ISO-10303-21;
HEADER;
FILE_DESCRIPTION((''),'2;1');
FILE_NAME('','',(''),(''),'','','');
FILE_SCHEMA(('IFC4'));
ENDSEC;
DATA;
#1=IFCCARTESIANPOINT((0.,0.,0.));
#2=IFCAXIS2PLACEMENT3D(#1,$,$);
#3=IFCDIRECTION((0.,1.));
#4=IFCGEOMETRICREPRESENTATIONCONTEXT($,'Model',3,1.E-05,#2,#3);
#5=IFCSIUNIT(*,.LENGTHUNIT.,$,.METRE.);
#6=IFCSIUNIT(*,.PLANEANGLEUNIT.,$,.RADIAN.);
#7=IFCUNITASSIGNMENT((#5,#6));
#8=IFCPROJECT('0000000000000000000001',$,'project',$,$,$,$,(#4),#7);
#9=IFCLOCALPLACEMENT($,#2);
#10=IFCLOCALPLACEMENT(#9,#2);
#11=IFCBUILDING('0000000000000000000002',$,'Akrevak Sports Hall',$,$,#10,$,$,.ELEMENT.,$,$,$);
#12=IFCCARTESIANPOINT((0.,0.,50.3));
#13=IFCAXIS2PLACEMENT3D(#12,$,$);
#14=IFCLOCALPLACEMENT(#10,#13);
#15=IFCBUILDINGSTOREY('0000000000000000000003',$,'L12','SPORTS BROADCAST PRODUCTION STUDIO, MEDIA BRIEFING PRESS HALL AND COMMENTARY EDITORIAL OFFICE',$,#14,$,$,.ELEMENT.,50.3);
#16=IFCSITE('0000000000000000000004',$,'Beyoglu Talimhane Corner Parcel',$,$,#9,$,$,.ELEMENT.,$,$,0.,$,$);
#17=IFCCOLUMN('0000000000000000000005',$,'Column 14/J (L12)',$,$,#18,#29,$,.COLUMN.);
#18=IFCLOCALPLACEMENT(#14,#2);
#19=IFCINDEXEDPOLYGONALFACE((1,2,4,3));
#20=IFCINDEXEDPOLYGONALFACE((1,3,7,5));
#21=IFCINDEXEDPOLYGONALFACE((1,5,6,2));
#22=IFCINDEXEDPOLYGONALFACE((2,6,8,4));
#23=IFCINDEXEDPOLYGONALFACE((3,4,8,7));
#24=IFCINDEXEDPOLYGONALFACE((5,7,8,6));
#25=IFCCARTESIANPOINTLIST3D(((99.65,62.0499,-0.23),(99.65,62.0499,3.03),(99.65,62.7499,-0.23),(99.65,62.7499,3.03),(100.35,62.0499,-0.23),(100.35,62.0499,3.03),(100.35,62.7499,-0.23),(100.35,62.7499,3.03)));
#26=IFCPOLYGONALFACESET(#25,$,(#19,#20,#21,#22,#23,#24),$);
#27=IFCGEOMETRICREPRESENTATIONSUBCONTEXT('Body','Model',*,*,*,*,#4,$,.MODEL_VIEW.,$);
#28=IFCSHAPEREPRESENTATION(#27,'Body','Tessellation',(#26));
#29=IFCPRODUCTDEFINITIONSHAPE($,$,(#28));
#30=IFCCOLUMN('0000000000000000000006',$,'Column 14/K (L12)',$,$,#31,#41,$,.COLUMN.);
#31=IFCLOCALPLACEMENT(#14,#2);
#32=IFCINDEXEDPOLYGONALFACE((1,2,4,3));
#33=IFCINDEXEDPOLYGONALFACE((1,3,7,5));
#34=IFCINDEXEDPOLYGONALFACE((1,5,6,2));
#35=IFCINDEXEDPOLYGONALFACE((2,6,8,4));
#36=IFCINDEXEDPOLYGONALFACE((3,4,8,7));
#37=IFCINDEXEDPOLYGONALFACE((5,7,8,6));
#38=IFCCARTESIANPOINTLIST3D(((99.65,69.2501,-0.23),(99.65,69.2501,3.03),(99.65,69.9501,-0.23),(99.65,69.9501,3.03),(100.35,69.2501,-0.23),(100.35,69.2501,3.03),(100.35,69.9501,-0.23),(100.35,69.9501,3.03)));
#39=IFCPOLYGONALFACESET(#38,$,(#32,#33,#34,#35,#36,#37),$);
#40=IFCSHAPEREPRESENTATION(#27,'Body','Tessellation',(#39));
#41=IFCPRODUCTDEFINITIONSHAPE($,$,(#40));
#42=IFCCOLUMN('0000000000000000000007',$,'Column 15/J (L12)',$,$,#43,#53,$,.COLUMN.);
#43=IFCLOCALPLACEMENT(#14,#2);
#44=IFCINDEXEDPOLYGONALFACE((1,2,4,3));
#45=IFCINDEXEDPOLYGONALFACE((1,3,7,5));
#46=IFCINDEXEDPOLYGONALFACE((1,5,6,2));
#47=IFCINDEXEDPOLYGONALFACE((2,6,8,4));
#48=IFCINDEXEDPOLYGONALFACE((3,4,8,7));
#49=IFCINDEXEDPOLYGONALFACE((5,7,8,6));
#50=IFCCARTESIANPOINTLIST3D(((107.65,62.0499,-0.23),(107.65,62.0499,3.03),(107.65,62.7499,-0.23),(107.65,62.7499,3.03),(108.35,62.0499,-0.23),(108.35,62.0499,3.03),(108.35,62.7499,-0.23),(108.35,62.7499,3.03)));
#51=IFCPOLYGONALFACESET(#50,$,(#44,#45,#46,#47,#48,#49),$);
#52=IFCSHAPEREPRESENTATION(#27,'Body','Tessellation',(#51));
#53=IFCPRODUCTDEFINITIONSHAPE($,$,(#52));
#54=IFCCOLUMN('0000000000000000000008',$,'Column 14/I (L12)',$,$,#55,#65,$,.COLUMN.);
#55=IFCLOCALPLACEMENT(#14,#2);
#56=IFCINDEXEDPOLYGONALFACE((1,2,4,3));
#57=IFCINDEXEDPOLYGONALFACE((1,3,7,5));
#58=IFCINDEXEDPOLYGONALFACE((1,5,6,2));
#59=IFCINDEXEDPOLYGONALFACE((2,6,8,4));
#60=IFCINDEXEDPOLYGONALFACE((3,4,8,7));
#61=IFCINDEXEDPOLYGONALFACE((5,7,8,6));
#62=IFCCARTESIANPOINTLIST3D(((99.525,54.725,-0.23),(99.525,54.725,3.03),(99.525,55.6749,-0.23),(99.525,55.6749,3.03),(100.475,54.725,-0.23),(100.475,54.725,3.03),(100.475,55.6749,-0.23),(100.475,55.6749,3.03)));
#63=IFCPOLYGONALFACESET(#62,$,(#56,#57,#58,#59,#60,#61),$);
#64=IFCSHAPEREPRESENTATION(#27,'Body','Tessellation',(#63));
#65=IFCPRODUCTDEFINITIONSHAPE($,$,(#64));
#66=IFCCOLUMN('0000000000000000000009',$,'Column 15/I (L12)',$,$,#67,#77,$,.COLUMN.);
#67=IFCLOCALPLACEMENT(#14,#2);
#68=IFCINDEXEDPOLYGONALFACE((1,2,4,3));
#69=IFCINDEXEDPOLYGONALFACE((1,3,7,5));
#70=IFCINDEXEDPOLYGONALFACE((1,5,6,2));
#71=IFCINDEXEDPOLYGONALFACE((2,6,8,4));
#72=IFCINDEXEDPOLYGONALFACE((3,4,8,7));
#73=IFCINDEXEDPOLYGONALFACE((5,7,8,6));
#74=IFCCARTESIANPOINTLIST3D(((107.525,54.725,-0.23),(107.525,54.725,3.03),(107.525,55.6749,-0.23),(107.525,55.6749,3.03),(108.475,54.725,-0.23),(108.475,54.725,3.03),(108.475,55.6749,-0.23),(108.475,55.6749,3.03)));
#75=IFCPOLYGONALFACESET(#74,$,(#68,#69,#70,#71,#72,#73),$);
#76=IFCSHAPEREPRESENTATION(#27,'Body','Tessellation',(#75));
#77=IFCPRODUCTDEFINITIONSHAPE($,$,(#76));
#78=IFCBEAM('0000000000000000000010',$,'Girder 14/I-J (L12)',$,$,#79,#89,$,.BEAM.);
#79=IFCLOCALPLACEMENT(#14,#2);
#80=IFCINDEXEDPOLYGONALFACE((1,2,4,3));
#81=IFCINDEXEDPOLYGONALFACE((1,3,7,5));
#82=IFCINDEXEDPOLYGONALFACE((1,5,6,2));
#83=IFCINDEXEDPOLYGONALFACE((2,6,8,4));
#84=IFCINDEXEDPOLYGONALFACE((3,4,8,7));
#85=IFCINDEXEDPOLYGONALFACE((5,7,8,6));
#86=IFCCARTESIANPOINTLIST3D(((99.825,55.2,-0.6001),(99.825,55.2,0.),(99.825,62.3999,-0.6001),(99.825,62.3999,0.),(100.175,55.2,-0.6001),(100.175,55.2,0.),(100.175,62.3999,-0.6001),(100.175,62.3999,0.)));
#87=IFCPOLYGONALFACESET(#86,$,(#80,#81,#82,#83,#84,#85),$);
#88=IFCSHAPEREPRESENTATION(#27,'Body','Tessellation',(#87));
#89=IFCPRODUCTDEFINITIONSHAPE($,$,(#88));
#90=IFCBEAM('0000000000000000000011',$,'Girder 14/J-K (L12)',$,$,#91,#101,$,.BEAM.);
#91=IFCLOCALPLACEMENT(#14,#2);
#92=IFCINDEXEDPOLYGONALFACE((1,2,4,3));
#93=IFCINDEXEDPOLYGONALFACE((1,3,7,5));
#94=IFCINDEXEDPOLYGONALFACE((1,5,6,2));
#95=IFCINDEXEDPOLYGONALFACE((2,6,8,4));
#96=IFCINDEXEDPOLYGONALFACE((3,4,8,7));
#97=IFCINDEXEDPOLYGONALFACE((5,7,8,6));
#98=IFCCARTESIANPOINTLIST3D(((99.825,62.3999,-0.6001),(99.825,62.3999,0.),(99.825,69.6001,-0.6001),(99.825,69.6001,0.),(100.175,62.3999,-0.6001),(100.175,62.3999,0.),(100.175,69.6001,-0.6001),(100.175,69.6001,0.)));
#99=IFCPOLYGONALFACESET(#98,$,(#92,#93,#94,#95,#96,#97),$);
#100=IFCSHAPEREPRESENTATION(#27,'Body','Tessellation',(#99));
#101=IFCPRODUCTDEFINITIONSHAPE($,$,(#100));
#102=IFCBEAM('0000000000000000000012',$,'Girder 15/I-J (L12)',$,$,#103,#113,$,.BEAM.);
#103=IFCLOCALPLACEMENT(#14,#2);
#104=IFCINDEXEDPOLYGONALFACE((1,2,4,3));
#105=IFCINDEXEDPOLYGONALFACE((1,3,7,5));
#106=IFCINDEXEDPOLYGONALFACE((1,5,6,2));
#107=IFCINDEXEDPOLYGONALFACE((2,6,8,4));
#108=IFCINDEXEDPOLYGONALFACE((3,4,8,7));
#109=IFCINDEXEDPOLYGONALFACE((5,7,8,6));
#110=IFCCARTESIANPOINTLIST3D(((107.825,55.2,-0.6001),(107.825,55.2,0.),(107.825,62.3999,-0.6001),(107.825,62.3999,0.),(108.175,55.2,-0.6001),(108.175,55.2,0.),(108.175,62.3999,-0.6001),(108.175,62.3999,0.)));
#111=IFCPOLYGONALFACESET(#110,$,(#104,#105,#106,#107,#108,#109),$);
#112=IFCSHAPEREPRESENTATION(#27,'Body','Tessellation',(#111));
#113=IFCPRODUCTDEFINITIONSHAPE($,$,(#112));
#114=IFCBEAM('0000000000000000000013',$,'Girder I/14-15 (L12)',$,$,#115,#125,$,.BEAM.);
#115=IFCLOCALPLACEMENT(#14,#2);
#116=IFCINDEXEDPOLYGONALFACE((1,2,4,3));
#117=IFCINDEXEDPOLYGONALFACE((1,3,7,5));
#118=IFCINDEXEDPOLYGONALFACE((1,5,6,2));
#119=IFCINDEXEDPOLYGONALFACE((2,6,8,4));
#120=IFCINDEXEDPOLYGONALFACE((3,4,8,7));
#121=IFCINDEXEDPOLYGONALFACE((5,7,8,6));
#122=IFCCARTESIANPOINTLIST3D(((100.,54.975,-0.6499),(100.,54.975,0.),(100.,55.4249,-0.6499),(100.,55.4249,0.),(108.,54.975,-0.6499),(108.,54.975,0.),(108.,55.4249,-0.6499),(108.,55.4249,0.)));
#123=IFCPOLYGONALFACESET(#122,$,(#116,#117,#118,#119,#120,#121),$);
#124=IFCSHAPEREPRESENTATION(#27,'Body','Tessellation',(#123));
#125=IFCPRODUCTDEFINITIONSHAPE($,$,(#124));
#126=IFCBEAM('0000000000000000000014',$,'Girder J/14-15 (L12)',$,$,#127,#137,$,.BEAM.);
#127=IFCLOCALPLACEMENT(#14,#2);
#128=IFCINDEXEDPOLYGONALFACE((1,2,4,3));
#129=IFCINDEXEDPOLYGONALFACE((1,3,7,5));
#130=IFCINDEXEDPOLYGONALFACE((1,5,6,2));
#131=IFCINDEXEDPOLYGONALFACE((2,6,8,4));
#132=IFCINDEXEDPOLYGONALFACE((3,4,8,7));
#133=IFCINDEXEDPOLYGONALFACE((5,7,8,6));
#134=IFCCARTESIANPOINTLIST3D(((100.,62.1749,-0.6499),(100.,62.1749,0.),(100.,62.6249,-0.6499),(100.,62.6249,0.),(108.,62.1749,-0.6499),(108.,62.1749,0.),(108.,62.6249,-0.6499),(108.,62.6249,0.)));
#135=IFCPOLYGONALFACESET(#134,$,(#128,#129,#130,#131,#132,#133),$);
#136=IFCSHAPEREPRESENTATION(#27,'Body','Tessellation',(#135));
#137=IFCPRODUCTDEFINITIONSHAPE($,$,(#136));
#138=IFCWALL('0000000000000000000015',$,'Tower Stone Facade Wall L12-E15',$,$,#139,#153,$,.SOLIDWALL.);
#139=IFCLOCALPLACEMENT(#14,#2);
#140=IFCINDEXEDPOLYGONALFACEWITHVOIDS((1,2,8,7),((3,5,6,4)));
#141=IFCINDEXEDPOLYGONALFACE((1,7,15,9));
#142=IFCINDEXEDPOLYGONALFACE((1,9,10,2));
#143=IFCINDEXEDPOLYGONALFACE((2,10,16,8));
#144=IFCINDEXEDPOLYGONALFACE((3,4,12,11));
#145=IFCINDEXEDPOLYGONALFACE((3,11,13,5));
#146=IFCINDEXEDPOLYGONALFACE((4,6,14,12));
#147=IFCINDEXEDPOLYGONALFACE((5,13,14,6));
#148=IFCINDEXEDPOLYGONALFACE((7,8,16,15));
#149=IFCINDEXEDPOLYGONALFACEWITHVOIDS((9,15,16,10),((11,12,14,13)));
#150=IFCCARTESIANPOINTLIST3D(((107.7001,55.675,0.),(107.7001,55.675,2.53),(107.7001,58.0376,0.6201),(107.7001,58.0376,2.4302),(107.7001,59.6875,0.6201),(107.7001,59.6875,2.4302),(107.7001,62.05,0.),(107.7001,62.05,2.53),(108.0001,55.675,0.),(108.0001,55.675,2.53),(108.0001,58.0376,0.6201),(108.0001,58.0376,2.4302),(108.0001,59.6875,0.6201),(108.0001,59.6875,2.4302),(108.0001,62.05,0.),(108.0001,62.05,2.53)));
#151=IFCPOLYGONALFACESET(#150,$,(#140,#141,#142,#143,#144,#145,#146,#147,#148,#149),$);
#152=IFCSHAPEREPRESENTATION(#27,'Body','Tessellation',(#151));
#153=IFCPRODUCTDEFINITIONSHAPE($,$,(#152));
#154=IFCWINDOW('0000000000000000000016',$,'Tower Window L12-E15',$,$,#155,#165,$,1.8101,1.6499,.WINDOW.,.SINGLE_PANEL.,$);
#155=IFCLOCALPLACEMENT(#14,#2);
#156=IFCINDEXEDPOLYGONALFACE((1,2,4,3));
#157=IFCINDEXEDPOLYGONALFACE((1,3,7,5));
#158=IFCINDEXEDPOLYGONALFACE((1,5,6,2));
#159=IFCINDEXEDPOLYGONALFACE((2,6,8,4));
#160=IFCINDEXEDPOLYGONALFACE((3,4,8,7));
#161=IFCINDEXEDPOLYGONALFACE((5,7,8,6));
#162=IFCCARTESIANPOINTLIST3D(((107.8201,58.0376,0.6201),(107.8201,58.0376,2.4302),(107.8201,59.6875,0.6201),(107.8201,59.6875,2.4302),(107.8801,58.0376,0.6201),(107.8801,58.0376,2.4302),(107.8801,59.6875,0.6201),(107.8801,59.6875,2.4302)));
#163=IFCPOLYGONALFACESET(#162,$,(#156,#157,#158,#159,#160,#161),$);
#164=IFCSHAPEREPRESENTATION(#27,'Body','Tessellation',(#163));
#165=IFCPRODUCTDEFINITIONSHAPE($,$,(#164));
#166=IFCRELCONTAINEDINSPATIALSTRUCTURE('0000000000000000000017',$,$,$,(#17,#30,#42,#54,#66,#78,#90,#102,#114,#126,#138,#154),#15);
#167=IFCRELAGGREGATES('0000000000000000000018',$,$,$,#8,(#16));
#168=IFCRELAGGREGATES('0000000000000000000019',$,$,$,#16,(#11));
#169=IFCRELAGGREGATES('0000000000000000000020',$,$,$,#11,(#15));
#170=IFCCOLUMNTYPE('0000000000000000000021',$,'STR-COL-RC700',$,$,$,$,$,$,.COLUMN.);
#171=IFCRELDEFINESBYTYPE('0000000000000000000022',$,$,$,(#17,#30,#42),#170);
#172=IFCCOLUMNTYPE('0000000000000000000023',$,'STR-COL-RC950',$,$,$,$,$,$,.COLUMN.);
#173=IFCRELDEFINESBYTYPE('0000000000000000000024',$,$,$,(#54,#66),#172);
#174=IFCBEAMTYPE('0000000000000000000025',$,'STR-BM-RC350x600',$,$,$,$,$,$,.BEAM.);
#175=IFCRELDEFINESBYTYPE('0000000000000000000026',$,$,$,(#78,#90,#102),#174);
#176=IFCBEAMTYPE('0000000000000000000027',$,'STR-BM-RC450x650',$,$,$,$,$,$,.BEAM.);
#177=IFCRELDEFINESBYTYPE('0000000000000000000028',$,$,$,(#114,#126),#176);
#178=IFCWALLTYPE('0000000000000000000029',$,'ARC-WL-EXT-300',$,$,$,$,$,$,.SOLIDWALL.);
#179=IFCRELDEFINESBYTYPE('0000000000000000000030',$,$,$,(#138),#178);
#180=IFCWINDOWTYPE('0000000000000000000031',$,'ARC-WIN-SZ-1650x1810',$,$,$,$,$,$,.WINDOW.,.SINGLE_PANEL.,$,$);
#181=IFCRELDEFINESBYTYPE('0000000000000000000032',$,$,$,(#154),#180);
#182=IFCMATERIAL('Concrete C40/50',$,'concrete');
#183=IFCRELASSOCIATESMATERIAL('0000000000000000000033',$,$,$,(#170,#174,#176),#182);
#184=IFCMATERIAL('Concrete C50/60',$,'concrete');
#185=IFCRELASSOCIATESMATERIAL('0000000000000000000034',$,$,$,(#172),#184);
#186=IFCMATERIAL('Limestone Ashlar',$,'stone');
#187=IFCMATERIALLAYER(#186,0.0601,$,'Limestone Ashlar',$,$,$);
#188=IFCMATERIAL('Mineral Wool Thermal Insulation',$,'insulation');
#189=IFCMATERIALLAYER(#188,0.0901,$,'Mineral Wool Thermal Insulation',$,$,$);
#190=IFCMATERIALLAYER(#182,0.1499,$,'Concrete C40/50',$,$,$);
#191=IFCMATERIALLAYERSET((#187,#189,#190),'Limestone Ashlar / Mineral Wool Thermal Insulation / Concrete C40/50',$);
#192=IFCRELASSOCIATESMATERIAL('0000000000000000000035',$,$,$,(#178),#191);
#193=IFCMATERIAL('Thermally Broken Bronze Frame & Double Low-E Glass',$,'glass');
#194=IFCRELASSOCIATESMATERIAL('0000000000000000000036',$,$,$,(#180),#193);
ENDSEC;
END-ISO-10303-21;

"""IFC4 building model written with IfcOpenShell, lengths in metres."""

from ifc_helpers import new_model, si_unit, direction, frame, frame_2d, origin, origin_2d, place, context, subcontext, project, spatial, rectangle, extrude, material, layer, layer_set, material_profile, profile_set, type_object, element, fill, save


model = new_model("IFC4")

# Units and contexts
model_context = context("Model", 3, precision=1e-05, world=origin(), true_north=direction((0.0, 1.0)))
body_context = subcontext(model_context, "Body", "Model", "MODEL_VIEW")
ifc_project = project(units=[si_unit("LENGTHUNIT", "METRE"), si_unit("PLANEANGLEUNIT", "RADIAN")], contexts=[model_context])

# Site, building, storey
site_placement = place(None, origin())
site = spatial("IfcSite", under=ifc_project, at=site_placement, Name="Beyoglu Talimhane Corner Parcel", CompositionType="ELEMENT", RefElevation=0.0)
building_placement = place(site_placement, origin())
building = spatial("IfcBuilding", under=site, at=building_placement, Name="Akrevak Sports Hall", CompositionType="ELEMENT")
storey_placement = place(building_placement, frame((0.0, 0.0, 50.3)))
storey = spatial("IfcBuildingStorey", under=building, at=storey_placement, Name="L12", Description="SPORTS BROADCAST PRODUCTION STUDIO, MEDIA BRIEFING PRESS HALL AND COMMENTARY EDITORIAL OFFICE", CompositionType="ELEMENT", Elevation=50.3)

# Columns
ifc_material_1 = material(Name="Concrete C40/50", Category="concrete")
ifc_material_profile_1 = material_profile(ifc_material_1, rectangle(XDim=0.7, YDim=0.7, at=origin_2d()), Name="RC 700x700", Category="concrete")
ifc_profile_set_1 = profile_set([ifc_material_profile_1], Name="Concrete C40/50")
column_type_1 = type_object("IfcColumnType", Name="STR-COL-RC700", PredefinedType="COLUMN", material=ifc_profile_set_1)
for number, where, z_axis, x_axis, name in (
    (1, (100.0, 62.3999, -0.23), (0.0, 0.0, 1.0), (1.0, 0.0, 0.0), "Column 14/J (L12)"),
    (2, (100.0, 69.6001, -0.23), (0.0, 0.0, 1.0), (1.0, 0.0, 0.0), "Column 14/K (L12)"),
    (3, (108.0, 62.3999, -0.23), (0.0, 0.0, 1.0), (1.0, 0.0, 0.0), "Column 15/J (L12)"),
):
    element("IfcColumn", number, at=place(storey_placement, frame(where, z_axis=z_axis, x_axis=x_axis)), inside=storey, type_object=column_type_1, Name=name, PredefinedType="COLUMN", context=body_context, shape_type="SweptSolid", body=[
        extrude(rectangle(XDim=0.7, YDim=0.7, at=origin_2d()), origin(), (0.0, 0.0, 1.0), 3.26),
    ])
ifc_material_2 = material(Name="Concrete C50/60", Category="concrete")
ifc_material_profile_2 = material_profile(ifc_material_2, rectangle(XDim=0.95, YDim=0.95, at=origin_2d()), Name="RC 950x950", Category="concrete")
ifc_profile_set_2 = profile_set([ifc_material_profile_2], Name="Concrete C50/60")
column_type_2 = type_object("IfcColumnType", Name="STR-COL-RC950", PredefinedType="COLUMN", material=ifc_profile_set_2)
for number, where, z_axis, x_axis, name in (
    (4, (100.0, 55.2, -0.23), (0.0, 0.0, 1.0), (1.0, 0.0, 0.0), "Column 14/I (L12)"),
    (5, (108.0, 55.2, -0.23), (0.0, 0.0, 1.0), (1.0, 0.0, 0.0), "Column 15/I (L12)"),
):
    element("IfcColumn", number, at=place(storey_placement, frame(where, z_axis=z_axis, x_axis=x_axis)), inside=storey, type_object=column_type_2, Name=name, PredefinedType="COLUMN", context=body_context, shape_type="SweptSolid", body=[
        extrude(rectangle(XDim=0.95, YDim=0.95, at=origin_2d()), origin(), (0.0, 0.0, 1.0), 3.26),
    ])

# Beams
ifc_material_profile_3 = material_profile(ifc_material_1, rectangle(XDim=0.3501, YDim=0.6001, at=origin_2d()), Name="BM 350x600", Category="concrete")
ifc_profile_set_3 = profile_set([ifc_material_profile_3], Name="Concrete C40/50")
beam_type_1 = type_object("IfcBeamType", Name="STR-BM-RC350x600", PredefinedType="BEAM", material=ifc_profile_set_3)
beam_1_placement = place(storey_placement, frame((100.0, 55.2, -0.3), z_axis=(0.0, 1.0, 0.0), x_axis=(-1.0, 0.0, 0.0)))
element("IfcBeam", 6, at=beam_1_placement, inside=storey, type_object=beam_type_1, Name="Girder 14/I-J (L12)", PredefinedType="BEAM", context=body_context, shape_type="SweptSolid", body=[
    extrude(rectangle(XDim=0.3501, YDim=0.6001, at=origin_2d()), origin(), (0.0, 0.0, 1.0), 7.2),
])
beam_2_placement = place(storey_placement, frame((100.0, 62.3999, -0.3), z_axis=(0.0, 1.0, 0.0), x_axis=(-1.0, 0.0, 0.0)))
element("IfcBeam", 7, at=beam_2_placement, inside=storey, type_object=beam_type_1, Name="Girder 14/J-K (L12)", PredefinedType="BEAM", context=body_context, shape_type="SweptSolid", body=[
    extrude(rectangle(XDim=0.3501, YDim=0.6001, at=origin_2d()), origin(), (0.0, 0.0, 1.0), 7.2002),
])
beam_3_placement = place(storey_placement, frame((108.0, 55.2, -0.3), z_axis=(0.0, 1.0, 0.0), x_axis=(-1.0, 0.0, 0.0)))
element("IfcBeam", 8, at=beam_3_placement, inside=storey, type_object=beam_type_1, Name="Girder 15/I-J (L12)", PredefinedType="BEAM", context=body_context, shape_type="SweptSolid", body=[
    extrude(rectangle(XDim=0.3501, YDim=0.6001, at=origin_2d()), origin(), (0.0, 0.0, 1.0), 7.2),
])
ifc_material_profile_4 = material_profile(ifc_material_1, rectangle(XDim=0.45, YDim=0.6499, at=origin_2d()), Name="BM 450x650", Category="concrete")
ifc_profile_set_4 = profile_set([ifc_material_profile_4], Name="Concrete C40/50")
beam_type_2 = type_object("IfcBeamType", Name="STR-BM-RC450x650", PredefinedType="BEAM", material=ifc_profile_set_4)
for number, where, z_axis, x_axis, name in (
    (9, (100.0, 55.2, -0.325), (1.0, 0.0, 0.0), (0.0, 1.0, 0.0), "Girder I/14-15 (L12)"),
    (10, (100.0, 62.3999, -0.325), (1.0, 0.0, 0.0), (0.0, 1.0, 0.0), "Girder J/14-15 (L12)"),
):
    element("IfcBeam", number, at=place(storey_placement, frame(where, z_axis=z_axis, x_axis=x_axis)), inside=storey, type_object=beam_type_2, Name=name, PredefinedType="BEAM", context=body_context, shape_type="SweptSolid", body=[
        extrude(rectangle(XDim=0.45, YDim=0.6499, at=origin_2d()), origin(), (0.0, 0.0, 1.0), 8.0),
    ])

# Wall, opening, window
ifc_material_3 = material(Name="Limestone Ashlar", Category="stone")
ifc_layer_1 = layer(ifc_material_3, 0.0601, Name="Limestone Ashlar")
ifc_material_4 = material(Name="Mineral Wool Thermal Insulation", Category="insulation")
ifc_layer_2 = layer(ifc_material_4, 0.0901, Name="Mineral Wool Thermal Insulation")
ifc_layer_3 = layer(ifc_material_1, 0.1499, Name="Concrete C40/50")
ifc_layer_set_1 = layer_set([ifc_layer_1, ifc_layer_2, ifc_layer_3], Name="Limestone Ashlar / Mineral Wool Thermal Insulation / Concrete C40/50")
wall_type_1 = type_object("IfcWallType", Name="ARC-WL-EXT-300", PredefinedType="SOLIDWALL", material=ifc_layer_set_1)
wall_1_placement = place(storey_placement, frame((107.8501, 55.675, 0.0), z_axis=(0.0, 0.0, 1.0), x_axis=(0.0, 1.0, 0.0)))
wall_1 = element("IfcWall", 11, at=wall_1_placement, inside=storey, type_object=wall_type_1, Name="Tower Stone Facade Wall L12-E15", PredefinedType="SOLIDWALL", context=body_context, shape_type="SweptSolid", body=[
    extrude(rectangle(XDim=6.375, YDim=0.3, at=frame_2d((3.1875, 0.0))), origin(), (0.0, 0.0, 1.0), 2.53),
])
opening_1_placement = place(wall_1_placement, frame((2.3625, 0.0, 0.6201)))
opening_1 = element("IfcOpeningElement", 12, at=opening_1_placement, cuts=wall_1, PredefinedType="OPENING", context=body_context, shape_type="SweptSolid", body=[
    extrude(rectangle(XDim=1.6499, YDim=1.8101, at=frame_2d((0.825, 0.905))), frame((0.0, 0.1621, 0.0), z_axis=(0.0, -1.0, 0.0), x_axis=(1.0, 0.0, 0.0)), (0.0, 0.0, 1.0), 0.324),
])
ifc_material_5 = material(Name="Thermally Broken Bronze Frame & Double Low-E Glass", Category="glass")
window_type_1 = type_object("IfcWindowType", Name="ARC-WIN-SZ-1650x1810", PartitioningType="SINGLE_PANEL", PredefinedType="WINDOW", material=ifc_material_5)
window_1_placement = place(opening_1_placement, origin())
window_1 = element("IfcWindow", 13, at=window_1_placement, inside=storey, type_object=window_type_1, Name="Tower Window L12-E15", OverallHeight=1.8101, OverallWidth=1.6499, PartitioningType="SINGLE_PANEL", PredefinedType="WINDOW", context=body_context, shape_type="SweptSolid", body=[
    extrude(rectangle(XDim=1.6499, YDim=1.8101, at=frame_2d((0.825, 0.905))), frame((0.0, 0.03, 0.0), z_axis=(0.0, -1.0, 0.0), x_axis=(1.0, 0.0, 0.0)), (0.0, 0.0, 1.0), 0.0601),
])
fill(opening_1, window_1)

save(model, "model.ifc")
